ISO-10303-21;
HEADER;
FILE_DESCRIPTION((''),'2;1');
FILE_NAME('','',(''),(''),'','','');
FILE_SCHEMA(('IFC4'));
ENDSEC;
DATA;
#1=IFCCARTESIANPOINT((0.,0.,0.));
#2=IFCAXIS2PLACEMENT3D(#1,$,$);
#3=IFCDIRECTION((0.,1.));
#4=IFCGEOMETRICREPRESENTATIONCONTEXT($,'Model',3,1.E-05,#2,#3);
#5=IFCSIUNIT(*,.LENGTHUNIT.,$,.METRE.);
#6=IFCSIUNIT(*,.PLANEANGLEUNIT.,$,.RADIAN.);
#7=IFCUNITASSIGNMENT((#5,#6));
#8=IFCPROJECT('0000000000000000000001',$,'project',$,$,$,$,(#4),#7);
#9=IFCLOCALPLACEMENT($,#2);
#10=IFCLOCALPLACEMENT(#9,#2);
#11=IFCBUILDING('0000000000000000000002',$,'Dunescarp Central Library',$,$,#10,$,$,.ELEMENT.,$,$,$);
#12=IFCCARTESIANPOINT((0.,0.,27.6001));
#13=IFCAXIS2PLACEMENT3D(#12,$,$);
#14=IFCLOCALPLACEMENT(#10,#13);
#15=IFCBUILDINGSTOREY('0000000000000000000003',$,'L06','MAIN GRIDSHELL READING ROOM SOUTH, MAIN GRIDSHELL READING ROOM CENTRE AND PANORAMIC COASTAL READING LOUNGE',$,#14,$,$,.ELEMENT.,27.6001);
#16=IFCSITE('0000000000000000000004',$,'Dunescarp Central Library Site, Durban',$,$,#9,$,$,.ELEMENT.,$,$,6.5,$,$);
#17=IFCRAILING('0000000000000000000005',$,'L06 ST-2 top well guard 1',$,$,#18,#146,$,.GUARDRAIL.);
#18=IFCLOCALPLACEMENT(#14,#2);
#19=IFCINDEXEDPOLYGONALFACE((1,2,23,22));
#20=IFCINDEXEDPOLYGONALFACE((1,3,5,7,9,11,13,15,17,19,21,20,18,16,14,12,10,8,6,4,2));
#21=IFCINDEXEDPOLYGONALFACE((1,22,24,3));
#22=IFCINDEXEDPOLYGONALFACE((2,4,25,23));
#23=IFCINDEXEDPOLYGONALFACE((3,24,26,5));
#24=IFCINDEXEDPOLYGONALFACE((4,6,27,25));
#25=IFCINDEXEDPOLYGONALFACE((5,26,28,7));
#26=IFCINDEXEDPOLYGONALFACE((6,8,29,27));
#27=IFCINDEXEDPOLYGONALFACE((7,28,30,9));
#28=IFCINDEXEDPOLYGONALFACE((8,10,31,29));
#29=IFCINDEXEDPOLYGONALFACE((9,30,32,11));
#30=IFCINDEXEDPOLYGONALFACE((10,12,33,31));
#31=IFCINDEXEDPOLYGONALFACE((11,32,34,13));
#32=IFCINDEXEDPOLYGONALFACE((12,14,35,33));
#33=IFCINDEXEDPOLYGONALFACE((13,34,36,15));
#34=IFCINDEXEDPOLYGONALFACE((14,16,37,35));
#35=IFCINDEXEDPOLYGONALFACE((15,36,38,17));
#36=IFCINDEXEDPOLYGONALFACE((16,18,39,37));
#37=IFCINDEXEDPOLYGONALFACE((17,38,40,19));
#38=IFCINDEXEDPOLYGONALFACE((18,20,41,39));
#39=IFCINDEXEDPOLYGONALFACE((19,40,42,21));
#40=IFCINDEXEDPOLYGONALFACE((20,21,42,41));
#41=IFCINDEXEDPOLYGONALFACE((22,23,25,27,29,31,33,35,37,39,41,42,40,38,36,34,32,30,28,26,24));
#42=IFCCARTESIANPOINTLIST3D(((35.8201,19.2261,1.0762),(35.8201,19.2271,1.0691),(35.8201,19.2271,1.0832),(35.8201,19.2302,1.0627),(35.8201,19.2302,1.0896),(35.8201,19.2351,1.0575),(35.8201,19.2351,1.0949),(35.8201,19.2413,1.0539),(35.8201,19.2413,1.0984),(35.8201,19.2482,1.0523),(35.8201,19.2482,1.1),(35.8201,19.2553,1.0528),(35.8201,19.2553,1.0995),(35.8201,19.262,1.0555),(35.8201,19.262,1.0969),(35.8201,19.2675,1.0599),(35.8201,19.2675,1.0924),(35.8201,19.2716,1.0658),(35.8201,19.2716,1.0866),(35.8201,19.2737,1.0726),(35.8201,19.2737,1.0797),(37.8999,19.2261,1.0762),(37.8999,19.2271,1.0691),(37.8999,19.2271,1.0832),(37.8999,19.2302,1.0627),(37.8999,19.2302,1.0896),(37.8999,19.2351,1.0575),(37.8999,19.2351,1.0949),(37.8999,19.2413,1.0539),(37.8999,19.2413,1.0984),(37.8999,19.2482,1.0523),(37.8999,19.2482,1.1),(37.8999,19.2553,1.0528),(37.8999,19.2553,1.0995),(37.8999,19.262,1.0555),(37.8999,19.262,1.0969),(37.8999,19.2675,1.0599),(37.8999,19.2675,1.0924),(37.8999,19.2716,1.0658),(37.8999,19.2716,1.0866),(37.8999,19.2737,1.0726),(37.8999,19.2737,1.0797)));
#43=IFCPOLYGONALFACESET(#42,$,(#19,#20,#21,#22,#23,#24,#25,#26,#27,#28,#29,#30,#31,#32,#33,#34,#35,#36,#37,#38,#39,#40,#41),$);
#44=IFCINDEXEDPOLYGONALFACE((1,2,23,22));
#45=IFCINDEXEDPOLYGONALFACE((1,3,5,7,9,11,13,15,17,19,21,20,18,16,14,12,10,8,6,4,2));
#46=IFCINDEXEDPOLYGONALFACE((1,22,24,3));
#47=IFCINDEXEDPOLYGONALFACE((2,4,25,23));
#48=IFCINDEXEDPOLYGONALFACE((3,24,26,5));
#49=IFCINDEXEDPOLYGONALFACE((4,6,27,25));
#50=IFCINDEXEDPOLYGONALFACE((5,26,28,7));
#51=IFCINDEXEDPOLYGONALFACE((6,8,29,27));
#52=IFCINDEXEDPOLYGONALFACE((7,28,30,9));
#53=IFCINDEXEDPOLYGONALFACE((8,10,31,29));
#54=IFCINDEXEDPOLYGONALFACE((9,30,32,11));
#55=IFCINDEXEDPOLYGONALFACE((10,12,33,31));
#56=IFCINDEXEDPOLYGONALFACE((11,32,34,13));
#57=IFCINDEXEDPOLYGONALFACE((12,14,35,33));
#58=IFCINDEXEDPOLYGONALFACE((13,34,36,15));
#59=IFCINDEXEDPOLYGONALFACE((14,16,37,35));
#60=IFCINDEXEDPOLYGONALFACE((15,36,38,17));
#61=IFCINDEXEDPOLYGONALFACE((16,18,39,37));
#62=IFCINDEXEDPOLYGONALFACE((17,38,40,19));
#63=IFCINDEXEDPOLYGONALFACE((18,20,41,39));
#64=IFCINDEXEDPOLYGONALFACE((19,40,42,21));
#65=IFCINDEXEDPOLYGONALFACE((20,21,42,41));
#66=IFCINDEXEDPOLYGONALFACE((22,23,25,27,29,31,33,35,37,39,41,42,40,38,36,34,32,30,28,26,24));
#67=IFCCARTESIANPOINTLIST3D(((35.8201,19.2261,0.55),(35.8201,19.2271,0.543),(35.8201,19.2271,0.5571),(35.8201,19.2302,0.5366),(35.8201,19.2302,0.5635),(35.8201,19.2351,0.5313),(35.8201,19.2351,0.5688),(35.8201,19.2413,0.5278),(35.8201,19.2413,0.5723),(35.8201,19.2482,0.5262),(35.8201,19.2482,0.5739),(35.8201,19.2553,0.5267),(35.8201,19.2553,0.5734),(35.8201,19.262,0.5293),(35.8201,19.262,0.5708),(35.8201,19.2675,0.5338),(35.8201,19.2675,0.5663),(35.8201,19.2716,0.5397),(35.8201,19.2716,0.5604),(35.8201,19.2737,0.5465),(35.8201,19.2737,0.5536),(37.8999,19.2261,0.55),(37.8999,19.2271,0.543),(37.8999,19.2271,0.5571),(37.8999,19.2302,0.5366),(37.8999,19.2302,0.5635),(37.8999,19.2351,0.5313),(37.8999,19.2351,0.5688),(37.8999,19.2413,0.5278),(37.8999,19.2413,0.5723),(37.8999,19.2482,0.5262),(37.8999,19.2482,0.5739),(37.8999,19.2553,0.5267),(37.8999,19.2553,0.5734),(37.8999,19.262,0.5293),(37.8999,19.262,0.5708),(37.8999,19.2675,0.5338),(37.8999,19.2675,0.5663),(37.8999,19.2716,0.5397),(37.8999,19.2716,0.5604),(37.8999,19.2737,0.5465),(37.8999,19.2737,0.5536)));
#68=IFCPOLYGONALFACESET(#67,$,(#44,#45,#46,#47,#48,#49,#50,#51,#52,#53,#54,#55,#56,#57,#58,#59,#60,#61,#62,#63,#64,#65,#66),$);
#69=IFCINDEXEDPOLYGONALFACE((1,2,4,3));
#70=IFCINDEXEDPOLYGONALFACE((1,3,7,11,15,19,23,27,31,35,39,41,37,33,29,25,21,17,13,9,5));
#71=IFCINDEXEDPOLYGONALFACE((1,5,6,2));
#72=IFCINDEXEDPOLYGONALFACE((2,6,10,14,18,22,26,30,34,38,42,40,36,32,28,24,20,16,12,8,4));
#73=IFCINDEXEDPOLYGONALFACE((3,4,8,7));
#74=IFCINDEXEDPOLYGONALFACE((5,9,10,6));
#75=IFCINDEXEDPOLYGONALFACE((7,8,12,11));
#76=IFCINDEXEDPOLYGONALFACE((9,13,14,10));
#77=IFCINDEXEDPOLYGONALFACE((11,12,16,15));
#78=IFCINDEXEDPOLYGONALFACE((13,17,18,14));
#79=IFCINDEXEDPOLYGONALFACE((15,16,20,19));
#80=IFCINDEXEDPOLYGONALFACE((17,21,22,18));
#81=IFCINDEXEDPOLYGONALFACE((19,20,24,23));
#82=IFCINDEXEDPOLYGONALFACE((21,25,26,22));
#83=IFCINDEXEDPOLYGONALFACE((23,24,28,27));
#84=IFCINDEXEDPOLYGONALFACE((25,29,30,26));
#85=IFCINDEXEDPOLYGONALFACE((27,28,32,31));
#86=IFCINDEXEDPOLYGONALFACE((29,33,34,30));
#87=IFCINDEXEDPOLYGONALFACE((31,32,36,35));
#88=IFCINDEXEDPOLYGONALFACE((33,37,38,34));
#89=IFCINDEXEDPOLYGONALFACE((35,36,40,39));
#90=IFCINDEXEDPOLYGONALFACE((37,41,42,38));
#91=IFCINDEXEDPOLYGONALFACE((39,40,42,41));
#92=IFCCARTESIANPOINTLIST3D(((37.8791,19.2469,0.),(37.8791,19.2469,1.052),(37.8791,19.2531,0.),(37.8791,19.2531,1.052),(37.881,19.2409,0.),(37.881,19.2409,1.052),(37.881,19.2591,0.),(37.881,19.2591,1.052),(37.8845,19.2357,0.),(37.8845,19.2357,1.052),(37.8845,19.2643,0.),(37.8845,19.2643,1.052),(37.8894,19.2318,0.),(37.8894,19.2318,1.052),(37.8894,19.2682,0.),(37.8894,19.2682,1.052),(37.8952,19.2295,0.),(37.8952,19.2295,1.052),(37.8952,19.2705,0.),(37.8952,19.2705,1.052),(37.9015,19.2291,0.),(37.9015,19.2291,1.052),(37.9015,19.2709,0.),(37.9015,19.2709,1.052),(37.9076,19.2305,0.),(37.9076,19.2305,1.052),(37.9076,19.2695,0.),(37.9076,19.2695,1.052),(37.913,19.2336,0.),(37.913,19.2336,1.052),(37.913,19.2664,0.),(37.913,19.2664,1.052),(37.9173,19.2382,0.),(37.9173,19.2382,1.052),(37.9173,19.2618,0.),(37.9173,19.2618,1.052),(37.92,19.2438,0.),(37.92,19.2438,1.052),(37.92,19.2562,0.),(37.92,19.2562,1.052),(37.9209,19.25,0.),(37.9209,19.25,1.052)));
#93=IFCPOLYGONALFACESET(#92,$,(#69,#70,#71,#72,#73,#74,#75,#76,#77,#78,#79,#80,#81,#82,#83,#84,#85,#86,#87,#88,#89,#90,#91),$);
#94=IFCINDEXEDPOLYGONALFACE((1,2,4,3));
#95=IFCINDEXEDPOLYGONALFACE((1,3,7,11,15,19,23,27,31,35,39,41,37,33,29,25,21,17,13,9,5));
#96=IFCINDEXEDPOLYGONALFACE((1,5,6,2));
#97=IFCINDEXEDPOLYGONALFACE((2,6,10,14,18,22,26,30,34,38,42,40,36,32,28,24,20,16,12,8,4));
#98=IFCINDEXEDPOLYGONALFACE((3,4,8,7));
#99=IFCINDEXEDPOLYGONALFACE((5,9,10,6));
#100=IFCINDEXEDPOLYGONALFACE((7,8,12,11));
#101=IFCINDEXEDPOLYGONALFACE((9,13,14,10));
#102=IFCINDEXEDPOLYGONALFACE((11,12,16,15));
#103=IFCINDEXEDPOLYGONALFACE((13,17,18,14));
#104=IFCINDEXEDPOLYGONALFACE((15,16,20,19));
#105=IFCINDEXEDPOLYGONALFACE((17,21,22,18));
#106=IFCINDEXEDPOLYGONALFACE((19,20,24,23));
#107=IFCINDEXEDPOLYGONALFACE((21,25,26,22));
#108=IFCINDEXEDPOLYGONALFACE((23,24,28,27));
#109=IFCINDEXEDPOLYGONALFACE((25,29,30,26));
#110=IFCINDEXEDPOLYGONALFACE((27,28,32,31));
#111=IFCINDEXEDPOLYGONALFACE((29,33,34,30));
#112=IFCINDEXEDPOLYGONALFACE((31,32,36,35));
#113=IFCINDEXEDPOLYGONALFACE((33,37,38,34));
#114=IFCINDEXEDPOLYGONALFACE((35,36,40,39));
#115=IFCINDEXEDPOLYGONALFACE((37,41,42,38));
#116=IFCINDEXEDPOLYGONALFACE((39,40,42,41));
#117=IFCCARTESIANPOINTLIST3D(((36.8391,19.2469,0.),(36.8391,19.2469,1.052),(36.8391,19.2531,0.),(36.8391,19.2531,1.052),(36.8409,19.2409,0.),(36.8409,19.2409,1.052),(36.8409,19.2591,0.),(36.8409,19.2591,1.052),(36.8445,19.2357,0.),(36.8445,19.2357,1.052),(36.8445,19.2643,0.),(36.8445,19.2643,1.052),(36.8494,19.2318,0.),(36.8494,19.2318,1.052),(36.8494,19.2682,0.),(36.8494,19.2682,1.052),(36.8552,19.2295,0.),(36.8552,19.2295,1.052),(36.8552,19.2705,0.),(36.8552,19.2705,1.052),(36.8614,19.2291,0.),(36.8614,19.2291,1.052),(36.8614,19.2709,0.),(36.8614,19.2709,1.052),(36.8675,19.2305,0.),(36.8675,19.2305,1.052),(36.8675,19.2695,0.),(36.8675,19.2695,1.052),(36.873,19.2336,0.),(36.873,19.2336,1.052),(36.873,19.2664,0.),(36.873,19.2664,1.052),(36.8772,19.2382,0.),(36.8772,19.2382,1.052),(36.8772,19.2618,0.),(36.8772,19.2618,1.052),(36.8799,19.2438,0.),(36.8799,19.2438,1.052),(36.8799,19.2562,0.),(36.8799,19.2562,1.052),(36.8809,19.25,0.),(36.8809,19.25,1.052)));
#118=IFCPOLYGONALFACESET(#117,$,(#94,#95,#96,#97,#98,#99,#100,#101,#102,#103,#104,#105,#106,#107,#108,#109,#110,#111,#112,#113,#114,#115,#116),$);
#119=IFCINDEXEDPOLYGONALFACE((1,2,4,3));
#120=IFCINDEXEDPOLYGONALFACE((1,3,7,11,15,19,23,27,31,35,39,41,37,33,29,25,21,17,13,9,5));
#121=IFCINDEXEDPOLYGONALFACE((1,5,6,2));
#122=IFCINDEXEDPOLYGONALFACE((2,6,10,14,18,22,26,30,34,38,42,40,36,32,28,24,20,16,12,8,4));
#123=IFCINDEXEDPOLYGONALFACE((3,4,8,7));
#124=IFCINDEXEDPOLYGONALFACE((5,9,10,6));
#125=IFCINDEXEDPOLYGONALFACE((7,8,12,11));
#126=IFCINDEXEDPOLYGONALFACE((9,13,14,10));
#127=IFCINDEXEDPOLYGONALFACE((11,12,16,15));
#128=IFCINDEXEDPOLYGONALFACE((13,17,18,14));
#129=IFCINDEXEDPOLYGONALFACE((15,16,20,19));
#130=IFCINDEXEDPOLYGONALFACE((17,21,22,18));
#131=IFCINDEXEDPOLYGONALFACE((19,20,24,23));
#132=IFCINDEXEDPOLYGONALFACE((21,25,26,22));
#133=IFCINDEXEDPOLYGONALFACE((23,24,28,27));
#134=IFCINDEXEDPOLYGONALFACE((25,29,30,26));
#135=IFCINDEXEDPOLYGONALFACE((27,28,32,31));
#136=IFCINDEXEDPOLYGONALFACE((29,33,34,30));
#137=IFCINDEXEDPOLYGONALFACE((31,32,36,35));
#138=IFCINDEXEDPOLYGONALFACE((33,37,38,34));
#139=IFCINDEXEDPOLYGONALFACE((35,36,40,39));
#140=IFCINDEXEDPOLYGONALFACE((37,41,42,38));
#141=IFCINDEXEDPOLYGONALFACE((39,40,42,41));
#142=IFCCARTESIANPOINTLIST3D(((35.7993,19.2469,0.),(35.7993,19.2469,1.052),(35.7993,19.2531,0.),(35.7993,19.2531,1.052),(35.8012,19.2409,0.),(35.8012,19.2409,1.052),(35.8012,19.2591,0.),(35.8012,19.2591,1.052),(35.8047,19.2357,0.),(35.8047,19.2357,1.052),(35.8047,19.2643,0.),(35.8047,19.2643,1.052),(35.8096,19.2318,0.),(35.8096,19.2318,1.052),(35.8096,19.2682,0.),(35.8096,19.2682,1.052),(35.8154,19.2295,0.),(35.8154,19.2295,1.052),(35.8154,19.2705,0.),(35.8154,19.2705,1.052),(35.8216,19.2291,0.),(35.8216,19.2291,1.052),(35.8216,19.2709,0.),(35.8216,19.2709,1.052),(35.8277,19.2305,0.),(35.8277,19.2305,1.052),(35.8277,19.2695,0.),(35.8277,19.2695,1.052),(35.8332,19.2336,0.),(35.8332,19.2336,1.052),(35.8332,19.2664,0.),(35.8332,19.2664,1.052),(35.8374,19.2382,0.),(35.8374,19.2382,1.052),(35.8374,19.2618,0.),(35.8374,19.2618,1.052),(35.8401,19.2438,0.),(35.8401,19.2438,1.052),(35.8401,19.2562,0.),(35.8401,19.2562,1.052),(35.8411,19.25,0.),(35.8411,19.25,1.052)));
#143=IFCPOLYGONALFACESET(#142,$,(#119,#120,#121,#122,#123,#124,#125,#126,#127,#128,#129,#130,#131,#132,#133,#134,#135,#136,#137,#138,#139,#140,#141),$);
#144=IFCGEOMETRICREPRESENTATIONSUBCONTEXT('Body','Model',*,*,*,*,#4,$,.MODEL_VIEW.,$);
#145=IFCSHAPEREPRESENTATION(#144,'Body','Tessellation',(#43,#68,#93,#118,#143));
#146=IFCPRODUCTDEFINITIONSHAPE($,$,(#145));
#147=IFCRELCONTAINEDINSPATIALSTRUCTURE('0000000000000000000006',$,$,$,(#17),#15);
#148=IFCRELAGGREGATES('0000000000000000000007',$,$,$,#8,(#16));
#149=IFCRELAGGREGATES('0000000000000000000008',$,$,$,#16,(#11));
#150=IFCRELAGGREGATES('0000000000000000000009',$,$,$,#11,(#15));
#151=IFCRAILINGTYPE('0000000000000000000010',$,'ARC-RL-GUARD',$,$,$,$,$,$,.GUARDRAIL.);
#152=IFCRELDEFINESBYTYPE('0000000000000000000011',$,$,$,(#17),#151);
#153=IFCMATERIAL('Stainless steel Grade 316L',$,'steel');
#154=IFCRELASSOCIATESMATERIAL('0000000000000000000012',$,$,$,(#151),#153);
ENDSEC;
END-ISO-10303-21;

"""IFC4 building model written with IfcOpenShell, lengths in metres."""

from ifc_helpers import new_model, si_unit, direction, frame, origin, origin_2d, place, context, subcontext, project, spatial, circle, extrude, material, type_object, element, save


model = new_model("IFC4")

# Units and contexts
model_context = context("Model", 3, precision=1e-05, world=origin(), true_north=direction((0.0, 1.0)))
body_context = subcontext(model_context, "Body", "Model", "MODEL_VIEW")
ifc_project = project(units=[si_unit("LENGTHUNIT", "METRE"), si_unit("PLANEANGLEUNIT", "RADIAN")], contexts=[model_context])

# Site, building, storey
site_placement = place(None, origin())
site = spatial("IfcSite", under=ifc_project, at=site_placement, Name="Dunescarp Central Library Site, Durban", CompositionType="ELEMENT", RefElevation=6.5)
building_placement = place(site_placement, origin())
building = spatial("IfcBuilding", under=site, at=building_placement, Name="Dunescarp Central Library", CompositionType="ELEMENT")
storey_placement = place(building_placement, frame((0.0, 0.0, 27.6001)))
storey = spatial("IfcBuildingStorey", under=building, at=storey_placement, Name="L06", Description="MAIN GRIDSHELL READING ROOM SOUTH, MAIN GRIDSHELL READING ROOM CENTRE AND PANORAMIC COASTAL READING LOUNGE", CompositionType="ELEMENT", Elevation=27.6001)

# Railing
ifc_material_1 = material(Name="Stainless steel Grade 316L", Category="steel")
railing_type = type_object("IfcRailingType", Name="ARC-RL-GUARD", PredefinedType="GUARDRAIL", material=ifc_material_1)
railing_placement = place(storey_placement, frame((37.8999, 19.25, 0.0)))
element("IfcRailing", 1, at=railing_placement, inside=storey, type_object=railing_type, Name="L06 ST-2 top well guard 1", PredefinedType="GUARDRAIL", context=body_context, shape_type="SweptSolid", body=[
    extrude(circle(Radius=0.0239, at=origin_2d()), frame((0.0, 0.0, 1.0762), z_axis=(-1.0, 0.0, 0.0), x_axis=(0.0, -1.0, 0.0)), (0.0, 0.0, 1.0), 2.0798),
    extrude(circle(Radius=0.0239, at=origin_2d()), frame((0.0, 0.0, 0.55), z_axis=(-1.0, 0.0, 0.0), x_axis=(0.0, -1.0, 0.0)), (0.0, 0.0, 1.0), 2.0798),
    extrude(circle(Radius=0.021, at=origin_2d()), origin(), (0.0, 0.0, 1.0), 1.052),
    extrude(circle(Radius=0.021, at=origin_2d()), frame((-1.04, 0.0, 0.0)), (0.0, 0.0, 1.0), 1.052),
    extrude(circle(Radius=0.021, at=origin_2d()), frame((-2.0798, 0.0, 0.0)), (0.0, 0.0, 1.0), 1.052),
])

save(model, "model.ifc")
